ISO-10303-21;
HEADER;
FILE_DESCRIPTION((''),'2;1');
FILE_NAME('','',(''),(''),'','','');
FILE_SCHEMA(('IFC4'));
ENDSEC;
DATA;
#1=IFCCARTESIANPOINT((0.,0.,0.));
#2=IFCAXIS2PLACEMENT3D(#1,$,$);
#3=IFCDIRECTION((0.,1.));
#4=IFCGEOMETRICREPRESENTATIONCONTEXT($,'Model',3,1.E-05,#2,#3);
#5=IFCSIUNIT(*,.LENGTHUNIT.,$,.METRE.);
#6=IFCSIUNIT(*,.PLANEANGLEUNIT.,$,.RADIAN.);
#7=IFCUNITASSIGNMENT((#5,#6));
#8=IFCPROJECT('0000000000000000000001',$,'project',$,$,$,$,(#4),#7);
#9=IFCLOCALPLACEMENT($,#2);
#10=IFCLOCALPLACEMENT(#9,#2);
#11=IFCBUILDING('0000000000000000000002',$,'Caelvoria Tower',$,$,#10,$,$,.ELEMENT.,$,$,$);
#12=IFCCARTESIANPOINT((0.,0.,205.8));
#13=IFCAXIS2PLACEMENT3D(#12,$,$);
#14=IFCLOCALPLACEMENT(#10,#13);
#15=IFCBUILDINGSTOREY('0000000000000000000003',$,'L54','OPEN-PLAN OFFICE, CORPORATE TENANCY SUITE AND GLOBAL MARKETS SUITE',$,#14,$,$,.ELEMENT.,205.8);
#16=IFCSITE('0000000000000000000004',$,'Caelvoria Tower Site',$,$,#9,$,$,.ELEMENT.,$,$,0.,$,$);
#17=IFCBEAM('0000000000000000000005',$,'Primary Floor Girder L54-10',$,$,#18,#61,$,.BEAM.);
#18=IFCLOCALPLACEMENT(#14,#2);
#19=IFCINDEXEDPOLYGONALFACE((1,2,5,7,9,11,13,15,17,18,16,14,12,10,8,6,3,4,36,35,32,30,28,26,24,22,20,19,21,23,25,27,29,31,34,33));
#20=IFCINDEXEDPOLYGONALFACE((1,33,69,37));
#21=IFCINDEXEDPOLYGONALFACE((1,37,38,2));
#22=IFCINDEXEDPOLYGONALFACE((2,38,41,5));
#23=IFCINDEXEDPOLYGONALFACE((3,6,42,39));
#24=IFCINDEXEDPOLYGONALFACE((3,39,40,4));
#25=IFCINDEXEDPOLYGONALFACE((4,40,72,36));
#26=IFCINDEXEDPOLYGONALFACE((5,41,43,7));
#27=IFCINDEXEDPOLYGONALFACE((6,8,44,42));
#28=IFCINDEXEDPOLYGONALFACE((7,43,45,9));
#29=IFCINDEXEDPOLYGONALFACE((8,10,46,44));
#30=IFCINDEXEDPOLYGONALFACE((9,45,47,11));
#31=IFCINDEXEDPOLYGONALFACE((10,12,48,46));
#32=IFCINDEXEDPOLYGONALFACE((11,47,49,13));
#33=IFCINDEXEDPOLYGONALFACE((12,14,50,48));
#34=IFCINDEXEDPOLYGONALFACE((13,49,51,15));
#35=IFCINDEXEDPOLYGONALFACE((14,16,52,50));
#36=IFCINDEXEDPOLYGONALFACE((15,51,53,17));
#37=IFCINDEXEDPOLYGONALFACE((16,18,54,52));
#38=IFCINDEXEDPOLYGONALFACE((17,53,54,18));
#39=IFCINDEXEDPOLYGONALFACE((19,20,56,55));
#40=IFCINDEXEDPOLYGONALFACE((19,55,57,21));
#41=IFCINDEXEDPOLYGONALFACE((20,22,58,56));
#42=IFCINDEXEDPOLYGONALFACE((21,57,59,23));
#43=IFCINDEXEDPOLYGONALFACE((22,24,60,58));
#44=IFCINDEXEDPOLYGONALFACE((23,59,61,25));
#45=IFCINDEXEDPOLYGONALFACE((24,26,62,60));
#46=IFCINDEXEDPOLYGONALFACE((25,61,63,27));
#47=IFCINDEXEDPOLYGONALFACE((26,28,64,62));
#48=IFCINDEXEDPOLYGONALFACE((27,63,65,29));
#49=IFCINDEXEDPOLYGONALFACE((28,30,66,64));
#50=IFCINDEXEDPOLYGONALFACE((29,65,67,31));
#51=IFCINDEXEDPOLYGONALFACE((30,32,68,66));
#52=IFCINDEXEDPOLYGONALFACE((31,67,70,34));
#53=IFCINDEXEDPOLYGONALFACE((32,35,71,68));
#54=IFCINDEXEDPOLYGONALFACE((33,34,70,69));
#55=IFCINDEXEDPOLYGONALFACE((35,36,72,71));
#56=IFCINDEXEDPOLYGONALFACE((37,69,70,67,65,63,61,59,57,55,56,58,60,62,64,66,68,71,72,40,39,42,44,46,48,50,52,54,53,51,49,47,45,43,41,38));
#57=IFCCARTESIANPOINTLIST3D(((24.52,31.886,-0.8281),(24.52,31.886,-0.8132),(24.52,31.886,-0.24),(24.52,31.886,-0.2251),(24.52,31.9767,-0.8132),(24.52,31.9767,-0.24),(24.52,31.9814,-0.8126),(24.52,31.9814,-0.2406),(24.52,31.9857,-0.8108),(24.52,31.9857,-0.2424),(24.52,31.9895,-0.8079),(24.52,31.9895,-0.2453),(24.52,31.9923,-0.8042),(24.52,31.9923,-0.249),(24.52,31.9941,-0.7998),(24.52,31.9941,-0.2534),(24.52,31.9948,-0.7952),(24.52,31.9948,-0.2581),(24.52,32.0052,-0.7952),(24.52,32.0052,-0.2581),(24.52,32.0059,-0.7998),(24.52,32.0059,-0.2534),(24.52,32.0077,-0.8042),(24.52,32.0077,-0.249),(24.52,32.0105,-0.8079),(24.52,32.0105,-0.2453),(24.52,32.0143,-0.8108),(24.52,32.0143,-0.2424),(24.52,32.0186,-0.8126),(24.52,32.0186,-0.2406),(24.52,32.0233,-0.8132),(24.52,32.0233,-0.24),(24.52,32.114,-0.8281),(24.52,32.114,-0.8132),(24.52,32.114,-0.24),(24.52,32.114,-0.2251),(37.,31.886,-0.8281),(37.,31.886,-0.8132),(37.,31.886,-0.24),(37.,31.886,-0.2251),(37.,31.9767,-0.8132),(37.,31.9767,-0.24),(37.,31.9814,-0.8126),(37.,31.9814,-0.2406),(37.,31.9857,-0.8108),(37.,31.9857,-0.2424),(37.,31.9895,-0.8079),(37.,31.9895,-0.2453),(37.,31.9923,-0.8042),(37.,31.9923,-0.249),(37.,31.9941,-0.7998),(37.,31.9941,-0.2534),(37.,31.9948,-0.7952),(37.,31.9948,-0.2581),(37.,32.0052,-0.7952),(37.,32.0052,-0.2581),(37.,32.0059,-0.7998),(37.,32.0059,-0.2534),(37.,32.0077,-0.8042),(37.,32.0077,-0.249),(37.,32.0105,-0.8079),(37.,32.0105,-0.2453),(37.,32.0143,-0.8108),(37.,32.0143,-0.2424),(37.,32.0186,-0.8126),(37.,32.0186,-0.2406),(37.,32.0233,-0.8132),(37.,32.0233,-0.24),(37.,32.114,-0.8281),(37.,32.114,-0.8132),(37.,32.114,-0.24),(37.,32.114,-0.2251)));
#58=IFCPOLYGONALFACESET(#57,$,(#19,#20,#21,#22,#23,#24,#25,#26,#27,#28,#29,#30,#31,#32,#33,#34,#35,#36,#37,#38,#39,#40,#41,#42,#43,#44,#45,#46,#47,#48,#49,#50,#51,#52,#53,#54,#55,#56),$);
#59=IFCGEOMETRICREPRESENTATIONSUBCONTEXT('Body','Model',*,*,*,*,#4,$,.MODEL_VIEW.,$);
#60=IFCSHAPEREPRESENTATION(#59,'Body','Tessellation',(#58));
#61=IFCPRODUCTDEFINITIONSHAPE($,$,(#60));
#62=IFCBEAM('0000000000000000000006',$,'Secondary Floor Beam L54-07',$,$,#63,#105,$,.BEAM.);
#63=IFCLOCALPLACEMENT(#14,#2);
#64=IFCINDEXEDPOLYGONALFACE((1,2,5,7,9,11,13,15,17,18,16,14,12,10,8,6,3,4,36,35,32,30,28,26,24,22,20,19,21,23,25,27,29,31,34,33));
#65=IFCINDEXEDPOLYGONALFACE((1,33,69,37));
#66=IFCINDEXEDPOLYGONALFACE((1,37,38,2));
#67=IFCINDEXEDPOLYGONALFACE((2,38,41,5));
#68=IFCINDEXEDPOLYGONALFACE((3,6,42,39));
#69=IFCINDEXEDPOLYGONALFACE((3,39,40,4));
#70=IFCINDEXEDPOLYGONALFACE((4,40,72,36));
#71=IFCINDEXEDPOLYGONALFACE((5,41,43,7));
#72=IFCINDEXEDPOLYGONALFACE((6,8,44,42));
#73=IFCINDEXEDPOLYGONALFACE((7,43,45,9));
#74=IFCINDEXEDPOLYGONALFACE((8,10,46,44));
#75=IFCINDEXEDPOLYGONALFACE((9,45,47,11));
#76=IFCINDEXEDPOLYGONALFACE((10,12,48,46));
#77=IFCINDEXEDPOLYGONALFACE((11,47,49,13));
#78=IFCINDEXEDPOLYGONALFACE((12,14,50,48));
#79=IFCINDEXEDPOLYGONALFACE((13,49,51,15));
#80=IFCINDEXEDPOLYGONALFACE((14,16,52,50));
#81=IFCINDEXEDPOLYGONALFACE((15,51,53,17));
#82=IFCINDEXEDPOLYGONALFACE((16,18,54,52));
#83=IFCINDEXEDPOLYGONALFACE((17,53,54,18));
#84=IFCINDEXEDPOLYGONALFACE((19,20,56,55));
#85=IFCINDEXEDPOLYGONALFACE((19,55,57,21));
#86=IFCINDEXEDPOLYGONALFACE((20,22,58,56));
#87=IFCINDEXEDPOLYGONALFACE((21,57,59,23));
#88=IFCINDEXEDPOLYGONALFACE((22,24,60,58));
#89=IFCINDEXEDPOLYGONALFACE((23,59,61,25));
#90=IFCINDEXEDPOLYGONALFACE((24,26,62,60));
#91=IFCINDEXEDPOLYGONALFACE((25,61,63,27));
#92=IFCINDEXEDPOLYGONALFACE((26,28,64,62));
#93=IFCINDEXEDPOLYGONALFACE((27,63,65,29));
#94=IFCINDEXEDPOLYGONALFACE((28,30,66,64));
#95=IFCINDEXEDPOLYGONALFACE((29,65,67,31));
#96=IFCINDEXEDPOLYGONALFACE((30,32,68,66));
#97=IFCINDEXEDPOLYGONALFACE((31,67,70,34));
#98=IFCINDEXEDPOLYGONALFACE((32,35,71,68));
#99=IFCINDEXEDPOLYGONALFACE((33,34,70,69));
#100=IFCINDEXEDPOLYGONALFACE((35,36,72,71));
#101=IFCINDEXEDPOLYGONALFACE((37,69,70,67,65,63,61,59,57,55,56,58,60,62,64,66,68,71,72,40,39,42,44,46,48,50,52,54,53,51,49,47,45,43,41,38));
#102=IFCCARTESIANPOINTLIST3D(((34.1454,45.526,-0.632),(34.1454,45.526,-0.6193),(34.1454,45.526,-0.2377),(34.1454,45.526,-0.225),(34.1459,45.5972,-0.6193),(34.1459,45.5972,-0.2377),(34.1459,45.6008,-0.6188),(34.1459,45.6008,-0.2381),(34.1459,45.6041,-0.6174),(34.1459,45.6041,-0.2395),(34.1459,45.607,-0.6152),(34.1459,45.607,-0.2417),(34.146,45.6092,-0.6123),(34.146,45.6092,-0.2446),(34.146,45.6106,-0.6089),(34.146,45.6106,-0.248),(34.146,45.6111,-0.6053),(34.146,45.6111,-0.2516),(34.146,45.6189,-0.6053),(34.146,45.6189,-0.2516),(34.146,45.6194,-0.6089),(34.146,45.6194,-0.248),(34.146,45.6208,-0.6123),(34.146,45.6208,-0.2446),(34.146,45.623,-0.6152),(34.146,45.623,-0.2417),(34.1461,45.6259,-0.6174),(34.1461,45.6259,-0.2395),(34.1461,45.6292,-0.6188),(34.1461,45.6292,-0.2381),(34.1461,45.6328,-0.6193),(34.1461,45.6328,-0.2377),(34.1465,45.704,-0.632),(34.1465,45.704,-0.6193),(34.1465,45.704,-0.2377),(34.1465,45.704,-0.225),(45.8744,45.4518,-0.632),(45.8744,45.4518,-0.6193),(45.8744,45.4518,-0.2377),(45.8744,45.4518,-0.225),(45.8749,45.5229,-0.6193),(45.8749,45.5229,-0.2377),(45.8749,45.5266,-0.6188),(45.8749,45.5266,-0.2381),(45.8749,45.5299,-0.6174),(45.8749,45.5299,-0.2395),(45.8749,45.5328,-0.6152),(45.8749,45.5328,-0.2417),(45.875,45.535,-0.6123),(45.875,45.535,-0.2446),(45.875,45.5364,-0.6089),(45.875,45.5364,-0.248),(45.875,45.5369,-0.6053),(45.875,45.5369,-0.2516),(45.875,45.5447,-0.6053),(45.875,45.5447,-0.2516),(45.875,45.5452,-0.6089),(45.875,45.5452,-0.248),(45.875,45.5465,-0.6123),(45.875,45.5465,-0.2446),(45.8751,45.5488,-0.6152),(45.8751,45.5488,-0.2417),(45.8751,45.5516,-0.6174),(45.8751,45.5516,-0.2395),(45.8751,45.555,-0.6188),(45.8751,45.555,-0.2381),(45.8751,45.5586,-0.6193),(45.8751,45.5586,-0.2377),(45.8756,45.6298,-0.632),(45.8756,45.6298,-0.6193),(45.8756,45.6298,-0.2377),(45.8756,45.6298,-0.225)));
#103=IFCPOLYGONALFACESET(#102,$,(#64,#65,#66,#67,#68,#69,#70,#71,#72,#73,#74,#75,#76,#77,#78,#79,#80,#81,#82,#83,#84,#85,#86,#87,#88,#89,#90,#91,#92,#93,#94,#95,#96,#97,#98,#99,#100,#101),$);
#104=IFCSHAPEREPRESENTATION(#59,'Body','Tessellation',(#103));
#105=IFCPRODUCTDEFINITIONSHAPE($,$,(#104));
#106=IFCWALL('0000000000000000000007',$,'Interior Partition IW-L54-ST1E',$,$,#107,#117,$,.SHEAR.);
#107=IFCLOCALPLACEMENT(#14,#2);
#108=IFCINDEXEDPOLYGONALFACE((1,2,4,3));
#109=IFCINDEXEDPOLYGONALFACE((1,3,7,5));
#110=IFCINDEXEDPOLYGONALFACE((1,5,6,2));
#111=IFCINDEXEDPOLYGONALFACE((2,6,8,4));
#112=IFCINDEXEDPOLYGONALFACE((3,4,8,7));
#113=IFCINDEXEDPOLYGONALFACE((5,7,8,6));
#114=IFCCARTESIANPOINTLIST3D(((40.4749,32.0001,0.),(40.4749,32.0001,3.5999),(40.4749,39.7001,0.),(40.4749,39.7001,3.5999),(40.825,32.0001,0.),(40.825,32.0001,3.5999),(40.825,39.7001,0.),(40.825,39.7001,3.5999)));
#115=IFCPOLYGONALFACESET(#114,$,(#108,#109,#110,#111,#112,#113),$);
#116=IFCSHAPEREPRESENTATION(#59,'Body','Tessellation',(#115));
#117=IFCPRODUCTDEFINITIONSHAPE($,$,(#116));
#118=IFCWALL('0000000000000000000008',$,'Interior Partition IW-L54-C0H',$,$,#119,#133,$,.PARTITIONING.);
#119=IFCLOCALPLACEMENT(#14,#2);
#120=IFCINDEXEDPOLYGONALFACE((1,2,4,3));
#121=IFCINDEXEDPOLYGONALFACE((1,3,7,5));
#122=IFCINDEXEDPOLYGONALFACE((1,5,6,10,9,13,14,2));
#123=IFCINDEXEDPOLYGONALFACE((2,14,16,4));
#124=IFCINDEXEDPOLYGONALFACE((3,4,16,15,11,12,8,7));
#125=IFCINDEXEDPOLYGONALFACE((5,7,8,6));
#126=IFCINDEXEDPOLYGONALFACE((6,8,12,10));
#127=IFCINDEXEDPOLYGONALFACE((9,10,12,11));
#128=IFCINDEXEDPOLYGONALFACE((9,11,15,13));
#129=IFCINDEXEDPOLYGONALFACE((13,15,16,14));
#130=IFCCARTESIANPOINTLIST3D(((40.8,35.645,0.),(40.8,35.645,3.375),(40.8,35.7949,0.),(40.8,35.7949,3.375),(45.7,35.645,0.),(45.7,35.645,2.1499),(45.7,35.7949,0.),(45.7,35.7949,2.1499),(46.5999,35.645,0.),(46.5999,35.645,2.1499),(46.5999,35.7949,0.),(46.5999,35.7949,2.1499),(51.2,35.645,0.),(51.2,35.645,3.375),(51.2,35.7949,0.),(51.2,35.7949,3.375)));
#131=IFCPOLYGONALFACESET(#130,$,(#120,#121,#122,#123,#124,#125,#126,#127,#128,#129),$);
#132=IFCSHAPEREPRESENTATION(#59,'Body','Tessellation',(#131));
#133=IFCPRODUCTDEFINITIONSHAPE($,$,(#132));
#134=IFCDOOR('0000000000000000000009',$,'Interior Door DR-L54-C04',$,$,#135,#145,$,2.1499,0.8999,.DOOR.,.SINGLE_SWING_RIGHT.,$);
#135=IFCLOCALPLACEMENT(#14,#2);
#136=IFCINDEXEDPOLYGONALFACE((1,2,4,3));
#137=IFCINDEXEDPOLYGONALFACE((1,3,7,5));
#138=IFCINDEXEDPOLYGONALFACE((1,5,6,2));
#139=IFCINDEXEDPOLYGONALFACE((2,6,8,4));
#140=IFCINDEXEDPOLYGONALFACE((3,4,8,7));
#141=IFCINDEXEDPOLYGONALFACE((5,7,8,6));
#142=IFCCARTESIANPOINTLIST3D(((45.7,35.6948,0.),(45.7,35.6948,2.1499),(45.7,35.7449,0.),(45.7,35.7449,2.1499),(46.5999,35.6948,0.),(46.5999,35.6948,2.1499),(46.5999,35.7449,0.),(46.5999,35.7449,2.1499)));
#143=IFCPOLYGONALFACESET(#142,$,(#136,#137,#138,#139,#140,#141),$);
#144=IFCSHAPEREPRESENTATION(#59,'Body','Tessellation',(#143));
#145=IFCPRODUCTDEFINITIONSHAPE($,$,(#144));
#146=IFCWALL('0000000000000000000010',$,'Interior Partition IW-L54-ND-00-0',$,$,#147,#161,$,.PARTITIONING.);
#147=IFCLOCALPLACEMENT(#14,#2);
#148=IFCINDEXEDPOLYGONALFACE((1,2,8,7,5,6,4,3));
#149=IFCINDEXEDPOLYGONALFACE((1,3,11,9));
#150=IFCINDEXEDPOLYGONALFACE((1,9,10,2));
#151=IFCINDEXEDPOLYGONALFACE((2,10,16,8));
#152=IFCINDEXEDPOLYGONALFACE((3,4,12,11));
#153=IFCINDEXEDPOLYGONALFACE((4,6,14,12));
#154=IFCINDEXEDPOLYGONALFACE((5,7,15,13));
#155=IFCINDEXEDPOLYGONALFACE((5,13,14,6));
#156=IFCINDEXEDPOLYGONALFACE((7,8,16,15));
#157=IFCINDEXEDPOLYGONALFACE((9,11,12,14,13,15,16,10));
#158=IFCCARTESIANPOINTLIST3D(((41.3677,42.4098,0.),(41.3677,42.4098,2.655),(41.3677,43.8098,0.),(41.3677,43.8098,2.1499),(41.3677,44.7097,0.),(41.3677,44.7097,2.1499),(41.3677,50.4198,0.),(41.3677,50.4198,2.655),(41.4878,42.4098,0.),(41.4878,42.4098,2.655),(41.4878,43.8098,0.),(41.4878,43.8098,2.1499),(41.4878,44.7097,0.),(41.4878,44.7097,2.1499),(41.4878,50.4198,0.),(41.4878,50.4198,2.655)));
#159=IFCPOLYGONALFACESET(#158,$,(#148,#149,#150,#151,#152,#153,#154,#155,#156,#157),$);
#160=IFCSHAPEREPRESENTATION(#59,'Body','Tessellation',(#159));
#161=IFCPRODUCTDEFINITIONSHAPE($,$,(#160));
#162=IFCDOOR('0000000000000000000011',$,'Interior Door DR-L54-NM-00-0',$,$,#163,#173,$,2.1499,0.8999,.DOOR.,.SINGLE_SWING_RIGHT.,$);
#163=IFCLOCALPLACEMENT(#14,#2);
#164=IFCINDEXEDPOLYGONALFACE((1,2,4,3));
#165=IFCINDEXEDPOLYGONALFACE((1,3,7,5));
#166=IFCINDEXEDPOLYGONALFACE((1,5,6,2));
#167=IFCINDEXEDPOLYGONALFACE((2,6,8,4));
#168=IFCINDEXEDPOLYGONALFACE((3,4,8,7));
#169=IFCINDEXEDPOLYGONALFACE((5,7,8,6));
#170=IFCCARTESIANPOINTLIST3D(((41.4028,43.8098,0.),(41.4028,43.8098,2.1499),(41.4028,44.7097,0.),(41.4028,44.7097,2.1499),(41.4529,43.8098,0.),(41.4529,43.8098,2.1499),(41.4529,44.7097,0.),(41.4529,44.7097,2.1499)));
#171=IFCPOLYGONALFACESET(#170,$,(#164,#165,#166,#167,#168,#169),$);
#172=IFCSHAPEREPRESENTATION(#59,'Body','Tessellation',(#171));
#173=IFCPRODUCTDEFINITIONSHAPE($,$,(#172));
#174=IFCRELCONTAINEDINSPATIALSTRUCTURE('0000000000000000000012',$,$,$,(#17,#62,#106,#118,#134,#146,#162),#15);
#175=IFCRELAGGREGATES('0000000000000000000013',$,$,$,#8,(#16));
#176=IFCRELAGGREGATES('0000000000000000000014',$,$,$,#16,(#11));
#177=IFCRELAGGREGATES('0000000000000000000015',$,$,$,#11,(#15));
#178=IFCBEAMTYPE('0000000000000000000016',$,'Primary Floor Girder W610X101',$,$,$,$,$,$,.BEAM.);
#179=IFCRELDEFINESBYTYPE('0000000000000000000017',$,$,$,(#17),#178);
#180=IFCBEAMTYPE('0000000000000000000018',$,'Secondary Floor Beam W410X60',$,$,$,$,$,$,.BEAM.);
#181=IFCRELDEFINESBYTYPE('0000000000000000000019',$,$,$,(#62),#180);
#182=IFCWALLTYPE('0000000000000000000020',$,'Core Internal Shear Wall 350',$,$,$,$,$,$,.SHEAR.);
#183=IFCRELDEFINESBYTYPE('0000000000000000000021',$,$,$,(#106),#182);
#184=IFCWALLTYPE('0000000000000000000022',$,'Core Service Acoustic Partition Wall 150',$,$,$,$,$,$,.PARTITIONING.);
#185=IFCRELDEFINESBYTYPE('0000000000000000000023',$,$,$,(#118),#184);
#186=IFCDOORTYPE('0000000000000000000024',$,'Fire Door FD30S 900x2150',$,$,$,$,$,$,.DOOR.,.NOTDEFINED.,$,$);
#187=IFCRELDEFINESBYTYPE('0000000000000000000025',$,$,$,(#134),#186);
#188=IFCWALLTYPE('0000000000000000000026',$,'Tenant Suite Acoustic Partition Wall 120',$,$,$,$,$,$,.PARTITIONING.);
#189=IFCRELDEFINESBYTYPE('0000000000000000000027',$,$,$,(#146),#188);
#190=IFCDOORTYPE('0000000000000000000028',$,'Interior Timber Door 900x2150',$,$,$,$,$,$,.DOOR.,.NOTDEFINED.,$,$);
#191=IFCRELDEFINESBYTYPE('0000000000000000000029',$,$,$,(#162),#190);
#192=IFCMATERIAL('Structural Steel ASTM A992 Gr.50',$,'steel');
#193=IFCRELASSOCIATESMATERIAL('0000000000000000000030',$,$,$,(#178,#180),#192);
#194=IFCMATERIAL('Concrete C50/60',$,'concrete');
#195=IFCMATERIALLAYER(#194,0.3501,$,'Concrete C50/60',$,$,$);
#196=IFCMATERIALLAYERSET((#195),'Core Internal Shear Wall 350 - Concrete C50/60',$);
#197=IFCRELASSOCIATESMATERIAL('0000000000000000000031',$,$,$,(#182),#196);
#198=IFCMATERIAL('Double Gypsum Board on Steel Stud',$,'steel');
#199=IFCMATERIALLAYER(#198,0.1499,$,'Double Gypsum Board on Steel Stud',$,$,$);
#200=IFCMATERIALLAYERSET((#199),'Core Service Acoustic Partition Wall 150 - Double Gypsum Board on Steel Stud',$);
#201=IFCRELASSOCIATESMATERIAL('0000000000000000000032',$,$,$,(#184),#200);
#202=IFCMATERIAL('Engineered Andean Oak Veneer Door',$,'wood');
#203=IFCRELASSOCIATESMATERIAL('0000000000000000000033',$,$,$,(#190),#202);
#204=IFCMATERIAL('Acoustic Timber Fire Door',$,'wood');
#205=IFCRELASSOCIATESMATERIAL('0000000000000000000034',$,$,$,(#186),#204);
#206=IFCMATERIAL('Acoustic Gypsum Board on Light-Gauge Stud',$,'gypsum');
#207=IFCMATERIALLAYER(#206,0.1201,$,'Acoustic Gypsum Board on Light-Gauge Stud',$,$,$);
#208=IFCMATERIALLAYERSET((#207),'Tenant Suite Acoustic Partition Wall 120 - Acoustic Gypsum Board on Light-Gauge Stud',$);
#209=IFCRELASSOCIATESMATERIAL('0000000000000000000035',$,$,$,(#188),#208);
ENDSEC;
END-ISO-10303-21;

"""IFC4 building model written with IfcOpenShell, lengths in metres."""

from ifc_helpers import new_model, si_unit, direction, frame, frame_2d, origin, origin_2d, place, context, subcontext, project, spatial, rectangle, i_section, extrude, material, layer, layer_set, material_profile, profile_set, type_object, element, fill, save


model = new_model("IFC4")

# Units and contexts
model_context = context("Model", 3, precision=1e-05, world=origin(), true_north=direction((0.0, 1.0)))
body_context = subcontext(model_context, "Body", "Model", "MODEL_VIEW")
ifc_project = project(units=[si_unit("LENGTHUNIT", "METRE"), si_unit("PLANEANGLEUNIT", "RADIAN")], contexts=[model_context])

# Site, building, storey
site_placement = place(None, origin())
site = spatial("IfcSite", under=ifc_project, at=site_placement, Name="Caelvoria Tower Site", CompositionType="ELEMENT", RefElevation=0.0)
building_placement = place(site_placement, origin())
building = spatial("IfcBuilding", under=site, at=building_placement, Name="Caelvoria Tower", CompositionType="ELEMENT")
storey_placement = place(building_placement, frame((0.0, 0.0, 205.8)))
storey = spatial("IfcBuildingStorey", under=building, at=storey_placement, Name="L54", Description="OPEN-PLAN OFFICE, CORPORATE TENANCY SUITE AND GLOBAL MARKETS SUITE", CompositionType="ELEMENT", Elevation=205.8)

# Beams
ifc_material_1 = material(Name="Structural Steel ASTM A992 Gr.50", Category="steel")
ifc_material_profile_1 = material_profile(ifc_material_1, i_section(OverallWidth=0.228, OverallDepth=0.603, WebThickness=0.0105, FlangeThickness=0.0149, FilletRadius=0.0181, at=origin_2d()), Name="Structural Steel ASTM A992 Gr.50")
ifc_profile_set_1 = profile_set([ifc_material_profile_1], Name="W610X101 - Structural Steel ASTM A992 Gr.50")
beam_type_1 = type_object("IfcBeamType", Name="Primary Floor Girder W610X101", PredefinedType="BEAM", material=ifc_profile_set_1)
beam_1_placement = place(storey_placement, frame((37.0, 32.0, -0.5266), z_axis=(-1.0, 0.0, 0.0), x_axis=(0.0, -1.0, 0.0)))
element("IfcBeam", 1, at=beam_1_placement, inside=storey, type_object=beam_type_1, Name="Primary Floor Girder L54-10", PredefinedType="BEAM", context=body_context, shape_type="SweptSolid", body=[
    extrude(i_section(OverallWidth=0.228, OverallDepth=0.603, WebThickness=0.0105, FlangeThickness=0.0149, FilletRadius=0.0181, at=origin_2d()), origin(), (0.0, 0.0, 1.0), 12.48),
])
ifc_material_profile_2 = material_profile(ifc_material_1, i_section(OverallWidth=0.178, OverallDepth=0.407, WebThickness=0.0078, FlangeThickness=0.0127, FilletRadius=0.0139, at=origin_2d()), Name="Structural Steel ASTM A992 Gr.50")
ifc_profile_set_2 = profile_set([ifc_material_profile_2], Name="W410X60 - Structural Steel ASTM A992 Gr.50")
beam_type_2 = type_object("IfcBeamType", Name="Secondary Floor Beam W410X60", PredefinedType="BEAM", material=ifc_profile_set_2)
beam_2_placement = place(storey_placement, frame((45.875, 45.5408, -0.4285), z_axis=(-0.99998, 0.006328, 0.0), x_axis=(-0.006328, -0.99998, 0.0)))
element("IfcBeam", 2, at=beam_2_placement, inside=storey, type_object=beam_type_2, Name="Secondary Floor Beam L54-07", PredefinedType="BEAM", context=body_context, shape_type="SweptSolid", body=[
    extrude(i_section(OverallWidth=0.178, OverallDepth=0.407, WebThickness=0.0078, FlangeThickness=0.0127, FilletRadius=0.0139, at=origin_2d()), origin(), (0.0, 0.0, 1.0), 11.7292),
])

# Wall
ifc_material_2 = material(Name="Concrete C50/60", Category="concrete")
ifc_layer_1 = layer(ifc_material_2, 0.3501, Name="Concrete C50/60")
ifc_layer_set_1 = layer_set([ifc_layer_1], Name="Core Internal Shear Wall 350 - Concrete C50/60")
wall_type_1 = type_object("IfcWallType", Name="Core Internal Shear Wall 350", PredefinedType="SHEAR", material=ifc_layer_set_1)
wall_1_placement = place(storey_placement, frame((40.6499, 32.0, 0.0), z_axis=(0.0, 0.0, 1.0), x_axis=(0.0, 1.0, 0.0)))
element("IfcWall", 3, at=wall_1_placement, inside=storey, type_object=wall_type_1, Name="Interior Partition IW-L54-ST1E", PredefinedType="SHEAR", context=body_context, shape_type="SweptSolid", body=[
    extrude(rectangle(XDim=7.7, YDim=0.3501, at=frame_2d((3.8501, 0.0))), origin(), (0.0, 0.0, 1.0), 3.5999),
])

# Walls, openings, doors
ifc_material_3 = material(Name="Double Gypsum Board on Steel Stud", Category="steel")
ifc_layer_2 = layer(ifc_material_3, 0.1499, Name="Double Gypsum Board on Steel Stud")
ifc_layer_set_2 = layer_set([ifc_layer_2], Name="Core Service Acoustic Partition Wall 150 - Double Gypsum Board on Steel Stud")
wall_type_2 = type_object("IfcWallType", Name="Core Service Acoustic Partition Wall 150", PredefinedType="PARTITIONING", material=ifc_layer_set_2)
ifc_material_4 = material(Name="Engineered Andean Oak Veneer Door", Category="wood")
door_type_1 = type_object("IfcDoorType", Name="Interior Timber Door 900x2150", OperationType="NOTDEFINED", PredefinedType="DOOR", material=ifc_material_4)
wall_2_placement = place(storey_placement, frame((40.8, 35.72, 0.0), z_axis=(0.0, 0.0, 1.0), x_axis=(1.0, 0.0, 0.0)))
wall_2 = element("IfcWall", 4, at=wall_2_placement, inside=storey, type_object=wall_type_2, Name="Interior Partition IW-L54-C0H", PredefinedType="PARTITIONING", context=body_context, shape_type="SweptSolid", body=[
    extrude(rectangle(XDim=10.3999, YDim=0.1499, at=frame_2d((5.2, 0.0))), origin(), (0.0, 0.0, 1.0), 3.375),
])
opening_1_placement = place(wall_2_placement, frame((4.8999, 0.0, 0.0)))
opening_1 = element("IfcOpeningElement", 5, at=opening_1_placement, cuts=wall_2, PredefinedType="OPENING", context=body_context, shape_type="SweptSolid", body=[
    extrude(rectangle(XDim=0.8999, YDim=2.1499, at=frame_2d((0.45, 1.075))), frame((0.0, 0.085, 0.0), z_axis=(0.0, -1.0, 0.0), x_axis=(1.0, 0.0, 0.0)), (0.0, 0.0, 1.0), 0.1699),
])
ifc_material_5 = material(Name="Acoustic Timber Fire Door", Category="wood")
door_type_2 = type_object("IfcDoorType", Name="Fire Door FD30S 900x2150", OperationType="NOTDEFINED", PredefinedType="DOOR", material=ifc_material_5)
door_1_placement = place(opening_1_placement, origin())
door_1 = element("IfcDoor", 6, at=door_1_placement, inside=storey, type_object=door_type_2, Name="Interior Door DR-L54-C04", OperationType="SINGLE_SWING_RIGHT", OverallHeight=2.1499, OverallWidth=0.8999, PredefinedType="DOOR", context=body_context, shape_type="SweptSolid", body=[
    extrude(rectangle(XDim=0.8999, YDim=2.1499, at=frame_2d((0.45, 1.075))), frame((0.0, 0.0249, 0.0), z_axis=(0.0, -1.0, 0.0), x_axis=(1.0, 0.0, 0.0)), (0.0, 0.0, 1.0), 0.05),
])
fill(opening_1, door_1)
ifc_material_6 = material(Name="Acoustic Gypsum Board on Light-Gauge Stud", Category="gypsum")
ifc_layer_3 = layer(ifc_material_6, 0.1201, Name="Acoustic Gypsum Board on Light-Gauge Stud")
ifc_layer_set_3 = layer_set([ifc_layer_3], Name="Tenant Suite Acoustic Partition Wall 120 - Acoustic Gypsum Board on Light-Gauge Stud")
wall_type_3 = type_object("IfcWallType", Name="Tenant Suite Acoustic Partition Wall 120", PredefinedType="PARTITIONING", material=ifc_layer_set_3)
wall_3_placement = place(storey_placement, frame((41.4277, 42.4099, 0.0), z_axis=(0.0, 0.0, 1.0), x_axis=(0.0, 1.0, 0.0)))
wall_3 = element("IfcWall", 7, at=wall_3_placement, inside=storey, type_object=wall_type_3, Name="Interior Partition IW-L54-ND-00-0", PredefinedType="PARTITIONING", context=body_context, shape_type="SweptSolid", body=[
    extrude(rectangle(XDim=8.01, YDim=0.1201, at=frame_2d((4.0049, 0.0))), origin(), (0.0, 0.0, 1.0), 2.655),
])
opening_2_placement = place(wall_3_placement, frame((1.3999, 0.0, 0.0)))
opening_2 = element("IfcOpeningElement", 8, at=opening_2_placement, cuts=wall_3, PredefinedType="OPENING", context=body_context, shape_type="SweptSolid", body=[
    extrude(rectangle(XDim=0.8999, YDim=2.1499, at=frame_2d((0.45, 1.075))), frame((0.0, 0.0701, 0.0), z_axis=(0.0, -1.0, 0.0), x_axis=(1.0, 0.0, 0.0)), (0.0, 0.0, 1.0), 0.1401),
])
door_2_placement = place(opening_2_placement, origin())
door_2 = element("IfcDoor", 9, at=door_2_placement, inside=storey, type_object=door_type_1, Name="Interior Door DR-L54-NM-00-0", OperationType="SINGLE_SWING_RIGHT", OverallHeight=2.1499, OverallWidth=0.8999, PredefinedType="DOOR", context=body_context, shape_type="SweptSolid", body=[
    extrude(rectangle(XDim=0.8999, YDim=2.1499, at=frame_2d((0.45, 1.075))), frame((0.0, 0.0249, 0.0), z_axis=(0.0, -1.0, 0.0), x_axis=(1.0, 0.0, 0.0)), (0.0, 0.0, 1.0), 0.05),
])
fill(opening_2, door_2)

save(model, "model.ifc")
